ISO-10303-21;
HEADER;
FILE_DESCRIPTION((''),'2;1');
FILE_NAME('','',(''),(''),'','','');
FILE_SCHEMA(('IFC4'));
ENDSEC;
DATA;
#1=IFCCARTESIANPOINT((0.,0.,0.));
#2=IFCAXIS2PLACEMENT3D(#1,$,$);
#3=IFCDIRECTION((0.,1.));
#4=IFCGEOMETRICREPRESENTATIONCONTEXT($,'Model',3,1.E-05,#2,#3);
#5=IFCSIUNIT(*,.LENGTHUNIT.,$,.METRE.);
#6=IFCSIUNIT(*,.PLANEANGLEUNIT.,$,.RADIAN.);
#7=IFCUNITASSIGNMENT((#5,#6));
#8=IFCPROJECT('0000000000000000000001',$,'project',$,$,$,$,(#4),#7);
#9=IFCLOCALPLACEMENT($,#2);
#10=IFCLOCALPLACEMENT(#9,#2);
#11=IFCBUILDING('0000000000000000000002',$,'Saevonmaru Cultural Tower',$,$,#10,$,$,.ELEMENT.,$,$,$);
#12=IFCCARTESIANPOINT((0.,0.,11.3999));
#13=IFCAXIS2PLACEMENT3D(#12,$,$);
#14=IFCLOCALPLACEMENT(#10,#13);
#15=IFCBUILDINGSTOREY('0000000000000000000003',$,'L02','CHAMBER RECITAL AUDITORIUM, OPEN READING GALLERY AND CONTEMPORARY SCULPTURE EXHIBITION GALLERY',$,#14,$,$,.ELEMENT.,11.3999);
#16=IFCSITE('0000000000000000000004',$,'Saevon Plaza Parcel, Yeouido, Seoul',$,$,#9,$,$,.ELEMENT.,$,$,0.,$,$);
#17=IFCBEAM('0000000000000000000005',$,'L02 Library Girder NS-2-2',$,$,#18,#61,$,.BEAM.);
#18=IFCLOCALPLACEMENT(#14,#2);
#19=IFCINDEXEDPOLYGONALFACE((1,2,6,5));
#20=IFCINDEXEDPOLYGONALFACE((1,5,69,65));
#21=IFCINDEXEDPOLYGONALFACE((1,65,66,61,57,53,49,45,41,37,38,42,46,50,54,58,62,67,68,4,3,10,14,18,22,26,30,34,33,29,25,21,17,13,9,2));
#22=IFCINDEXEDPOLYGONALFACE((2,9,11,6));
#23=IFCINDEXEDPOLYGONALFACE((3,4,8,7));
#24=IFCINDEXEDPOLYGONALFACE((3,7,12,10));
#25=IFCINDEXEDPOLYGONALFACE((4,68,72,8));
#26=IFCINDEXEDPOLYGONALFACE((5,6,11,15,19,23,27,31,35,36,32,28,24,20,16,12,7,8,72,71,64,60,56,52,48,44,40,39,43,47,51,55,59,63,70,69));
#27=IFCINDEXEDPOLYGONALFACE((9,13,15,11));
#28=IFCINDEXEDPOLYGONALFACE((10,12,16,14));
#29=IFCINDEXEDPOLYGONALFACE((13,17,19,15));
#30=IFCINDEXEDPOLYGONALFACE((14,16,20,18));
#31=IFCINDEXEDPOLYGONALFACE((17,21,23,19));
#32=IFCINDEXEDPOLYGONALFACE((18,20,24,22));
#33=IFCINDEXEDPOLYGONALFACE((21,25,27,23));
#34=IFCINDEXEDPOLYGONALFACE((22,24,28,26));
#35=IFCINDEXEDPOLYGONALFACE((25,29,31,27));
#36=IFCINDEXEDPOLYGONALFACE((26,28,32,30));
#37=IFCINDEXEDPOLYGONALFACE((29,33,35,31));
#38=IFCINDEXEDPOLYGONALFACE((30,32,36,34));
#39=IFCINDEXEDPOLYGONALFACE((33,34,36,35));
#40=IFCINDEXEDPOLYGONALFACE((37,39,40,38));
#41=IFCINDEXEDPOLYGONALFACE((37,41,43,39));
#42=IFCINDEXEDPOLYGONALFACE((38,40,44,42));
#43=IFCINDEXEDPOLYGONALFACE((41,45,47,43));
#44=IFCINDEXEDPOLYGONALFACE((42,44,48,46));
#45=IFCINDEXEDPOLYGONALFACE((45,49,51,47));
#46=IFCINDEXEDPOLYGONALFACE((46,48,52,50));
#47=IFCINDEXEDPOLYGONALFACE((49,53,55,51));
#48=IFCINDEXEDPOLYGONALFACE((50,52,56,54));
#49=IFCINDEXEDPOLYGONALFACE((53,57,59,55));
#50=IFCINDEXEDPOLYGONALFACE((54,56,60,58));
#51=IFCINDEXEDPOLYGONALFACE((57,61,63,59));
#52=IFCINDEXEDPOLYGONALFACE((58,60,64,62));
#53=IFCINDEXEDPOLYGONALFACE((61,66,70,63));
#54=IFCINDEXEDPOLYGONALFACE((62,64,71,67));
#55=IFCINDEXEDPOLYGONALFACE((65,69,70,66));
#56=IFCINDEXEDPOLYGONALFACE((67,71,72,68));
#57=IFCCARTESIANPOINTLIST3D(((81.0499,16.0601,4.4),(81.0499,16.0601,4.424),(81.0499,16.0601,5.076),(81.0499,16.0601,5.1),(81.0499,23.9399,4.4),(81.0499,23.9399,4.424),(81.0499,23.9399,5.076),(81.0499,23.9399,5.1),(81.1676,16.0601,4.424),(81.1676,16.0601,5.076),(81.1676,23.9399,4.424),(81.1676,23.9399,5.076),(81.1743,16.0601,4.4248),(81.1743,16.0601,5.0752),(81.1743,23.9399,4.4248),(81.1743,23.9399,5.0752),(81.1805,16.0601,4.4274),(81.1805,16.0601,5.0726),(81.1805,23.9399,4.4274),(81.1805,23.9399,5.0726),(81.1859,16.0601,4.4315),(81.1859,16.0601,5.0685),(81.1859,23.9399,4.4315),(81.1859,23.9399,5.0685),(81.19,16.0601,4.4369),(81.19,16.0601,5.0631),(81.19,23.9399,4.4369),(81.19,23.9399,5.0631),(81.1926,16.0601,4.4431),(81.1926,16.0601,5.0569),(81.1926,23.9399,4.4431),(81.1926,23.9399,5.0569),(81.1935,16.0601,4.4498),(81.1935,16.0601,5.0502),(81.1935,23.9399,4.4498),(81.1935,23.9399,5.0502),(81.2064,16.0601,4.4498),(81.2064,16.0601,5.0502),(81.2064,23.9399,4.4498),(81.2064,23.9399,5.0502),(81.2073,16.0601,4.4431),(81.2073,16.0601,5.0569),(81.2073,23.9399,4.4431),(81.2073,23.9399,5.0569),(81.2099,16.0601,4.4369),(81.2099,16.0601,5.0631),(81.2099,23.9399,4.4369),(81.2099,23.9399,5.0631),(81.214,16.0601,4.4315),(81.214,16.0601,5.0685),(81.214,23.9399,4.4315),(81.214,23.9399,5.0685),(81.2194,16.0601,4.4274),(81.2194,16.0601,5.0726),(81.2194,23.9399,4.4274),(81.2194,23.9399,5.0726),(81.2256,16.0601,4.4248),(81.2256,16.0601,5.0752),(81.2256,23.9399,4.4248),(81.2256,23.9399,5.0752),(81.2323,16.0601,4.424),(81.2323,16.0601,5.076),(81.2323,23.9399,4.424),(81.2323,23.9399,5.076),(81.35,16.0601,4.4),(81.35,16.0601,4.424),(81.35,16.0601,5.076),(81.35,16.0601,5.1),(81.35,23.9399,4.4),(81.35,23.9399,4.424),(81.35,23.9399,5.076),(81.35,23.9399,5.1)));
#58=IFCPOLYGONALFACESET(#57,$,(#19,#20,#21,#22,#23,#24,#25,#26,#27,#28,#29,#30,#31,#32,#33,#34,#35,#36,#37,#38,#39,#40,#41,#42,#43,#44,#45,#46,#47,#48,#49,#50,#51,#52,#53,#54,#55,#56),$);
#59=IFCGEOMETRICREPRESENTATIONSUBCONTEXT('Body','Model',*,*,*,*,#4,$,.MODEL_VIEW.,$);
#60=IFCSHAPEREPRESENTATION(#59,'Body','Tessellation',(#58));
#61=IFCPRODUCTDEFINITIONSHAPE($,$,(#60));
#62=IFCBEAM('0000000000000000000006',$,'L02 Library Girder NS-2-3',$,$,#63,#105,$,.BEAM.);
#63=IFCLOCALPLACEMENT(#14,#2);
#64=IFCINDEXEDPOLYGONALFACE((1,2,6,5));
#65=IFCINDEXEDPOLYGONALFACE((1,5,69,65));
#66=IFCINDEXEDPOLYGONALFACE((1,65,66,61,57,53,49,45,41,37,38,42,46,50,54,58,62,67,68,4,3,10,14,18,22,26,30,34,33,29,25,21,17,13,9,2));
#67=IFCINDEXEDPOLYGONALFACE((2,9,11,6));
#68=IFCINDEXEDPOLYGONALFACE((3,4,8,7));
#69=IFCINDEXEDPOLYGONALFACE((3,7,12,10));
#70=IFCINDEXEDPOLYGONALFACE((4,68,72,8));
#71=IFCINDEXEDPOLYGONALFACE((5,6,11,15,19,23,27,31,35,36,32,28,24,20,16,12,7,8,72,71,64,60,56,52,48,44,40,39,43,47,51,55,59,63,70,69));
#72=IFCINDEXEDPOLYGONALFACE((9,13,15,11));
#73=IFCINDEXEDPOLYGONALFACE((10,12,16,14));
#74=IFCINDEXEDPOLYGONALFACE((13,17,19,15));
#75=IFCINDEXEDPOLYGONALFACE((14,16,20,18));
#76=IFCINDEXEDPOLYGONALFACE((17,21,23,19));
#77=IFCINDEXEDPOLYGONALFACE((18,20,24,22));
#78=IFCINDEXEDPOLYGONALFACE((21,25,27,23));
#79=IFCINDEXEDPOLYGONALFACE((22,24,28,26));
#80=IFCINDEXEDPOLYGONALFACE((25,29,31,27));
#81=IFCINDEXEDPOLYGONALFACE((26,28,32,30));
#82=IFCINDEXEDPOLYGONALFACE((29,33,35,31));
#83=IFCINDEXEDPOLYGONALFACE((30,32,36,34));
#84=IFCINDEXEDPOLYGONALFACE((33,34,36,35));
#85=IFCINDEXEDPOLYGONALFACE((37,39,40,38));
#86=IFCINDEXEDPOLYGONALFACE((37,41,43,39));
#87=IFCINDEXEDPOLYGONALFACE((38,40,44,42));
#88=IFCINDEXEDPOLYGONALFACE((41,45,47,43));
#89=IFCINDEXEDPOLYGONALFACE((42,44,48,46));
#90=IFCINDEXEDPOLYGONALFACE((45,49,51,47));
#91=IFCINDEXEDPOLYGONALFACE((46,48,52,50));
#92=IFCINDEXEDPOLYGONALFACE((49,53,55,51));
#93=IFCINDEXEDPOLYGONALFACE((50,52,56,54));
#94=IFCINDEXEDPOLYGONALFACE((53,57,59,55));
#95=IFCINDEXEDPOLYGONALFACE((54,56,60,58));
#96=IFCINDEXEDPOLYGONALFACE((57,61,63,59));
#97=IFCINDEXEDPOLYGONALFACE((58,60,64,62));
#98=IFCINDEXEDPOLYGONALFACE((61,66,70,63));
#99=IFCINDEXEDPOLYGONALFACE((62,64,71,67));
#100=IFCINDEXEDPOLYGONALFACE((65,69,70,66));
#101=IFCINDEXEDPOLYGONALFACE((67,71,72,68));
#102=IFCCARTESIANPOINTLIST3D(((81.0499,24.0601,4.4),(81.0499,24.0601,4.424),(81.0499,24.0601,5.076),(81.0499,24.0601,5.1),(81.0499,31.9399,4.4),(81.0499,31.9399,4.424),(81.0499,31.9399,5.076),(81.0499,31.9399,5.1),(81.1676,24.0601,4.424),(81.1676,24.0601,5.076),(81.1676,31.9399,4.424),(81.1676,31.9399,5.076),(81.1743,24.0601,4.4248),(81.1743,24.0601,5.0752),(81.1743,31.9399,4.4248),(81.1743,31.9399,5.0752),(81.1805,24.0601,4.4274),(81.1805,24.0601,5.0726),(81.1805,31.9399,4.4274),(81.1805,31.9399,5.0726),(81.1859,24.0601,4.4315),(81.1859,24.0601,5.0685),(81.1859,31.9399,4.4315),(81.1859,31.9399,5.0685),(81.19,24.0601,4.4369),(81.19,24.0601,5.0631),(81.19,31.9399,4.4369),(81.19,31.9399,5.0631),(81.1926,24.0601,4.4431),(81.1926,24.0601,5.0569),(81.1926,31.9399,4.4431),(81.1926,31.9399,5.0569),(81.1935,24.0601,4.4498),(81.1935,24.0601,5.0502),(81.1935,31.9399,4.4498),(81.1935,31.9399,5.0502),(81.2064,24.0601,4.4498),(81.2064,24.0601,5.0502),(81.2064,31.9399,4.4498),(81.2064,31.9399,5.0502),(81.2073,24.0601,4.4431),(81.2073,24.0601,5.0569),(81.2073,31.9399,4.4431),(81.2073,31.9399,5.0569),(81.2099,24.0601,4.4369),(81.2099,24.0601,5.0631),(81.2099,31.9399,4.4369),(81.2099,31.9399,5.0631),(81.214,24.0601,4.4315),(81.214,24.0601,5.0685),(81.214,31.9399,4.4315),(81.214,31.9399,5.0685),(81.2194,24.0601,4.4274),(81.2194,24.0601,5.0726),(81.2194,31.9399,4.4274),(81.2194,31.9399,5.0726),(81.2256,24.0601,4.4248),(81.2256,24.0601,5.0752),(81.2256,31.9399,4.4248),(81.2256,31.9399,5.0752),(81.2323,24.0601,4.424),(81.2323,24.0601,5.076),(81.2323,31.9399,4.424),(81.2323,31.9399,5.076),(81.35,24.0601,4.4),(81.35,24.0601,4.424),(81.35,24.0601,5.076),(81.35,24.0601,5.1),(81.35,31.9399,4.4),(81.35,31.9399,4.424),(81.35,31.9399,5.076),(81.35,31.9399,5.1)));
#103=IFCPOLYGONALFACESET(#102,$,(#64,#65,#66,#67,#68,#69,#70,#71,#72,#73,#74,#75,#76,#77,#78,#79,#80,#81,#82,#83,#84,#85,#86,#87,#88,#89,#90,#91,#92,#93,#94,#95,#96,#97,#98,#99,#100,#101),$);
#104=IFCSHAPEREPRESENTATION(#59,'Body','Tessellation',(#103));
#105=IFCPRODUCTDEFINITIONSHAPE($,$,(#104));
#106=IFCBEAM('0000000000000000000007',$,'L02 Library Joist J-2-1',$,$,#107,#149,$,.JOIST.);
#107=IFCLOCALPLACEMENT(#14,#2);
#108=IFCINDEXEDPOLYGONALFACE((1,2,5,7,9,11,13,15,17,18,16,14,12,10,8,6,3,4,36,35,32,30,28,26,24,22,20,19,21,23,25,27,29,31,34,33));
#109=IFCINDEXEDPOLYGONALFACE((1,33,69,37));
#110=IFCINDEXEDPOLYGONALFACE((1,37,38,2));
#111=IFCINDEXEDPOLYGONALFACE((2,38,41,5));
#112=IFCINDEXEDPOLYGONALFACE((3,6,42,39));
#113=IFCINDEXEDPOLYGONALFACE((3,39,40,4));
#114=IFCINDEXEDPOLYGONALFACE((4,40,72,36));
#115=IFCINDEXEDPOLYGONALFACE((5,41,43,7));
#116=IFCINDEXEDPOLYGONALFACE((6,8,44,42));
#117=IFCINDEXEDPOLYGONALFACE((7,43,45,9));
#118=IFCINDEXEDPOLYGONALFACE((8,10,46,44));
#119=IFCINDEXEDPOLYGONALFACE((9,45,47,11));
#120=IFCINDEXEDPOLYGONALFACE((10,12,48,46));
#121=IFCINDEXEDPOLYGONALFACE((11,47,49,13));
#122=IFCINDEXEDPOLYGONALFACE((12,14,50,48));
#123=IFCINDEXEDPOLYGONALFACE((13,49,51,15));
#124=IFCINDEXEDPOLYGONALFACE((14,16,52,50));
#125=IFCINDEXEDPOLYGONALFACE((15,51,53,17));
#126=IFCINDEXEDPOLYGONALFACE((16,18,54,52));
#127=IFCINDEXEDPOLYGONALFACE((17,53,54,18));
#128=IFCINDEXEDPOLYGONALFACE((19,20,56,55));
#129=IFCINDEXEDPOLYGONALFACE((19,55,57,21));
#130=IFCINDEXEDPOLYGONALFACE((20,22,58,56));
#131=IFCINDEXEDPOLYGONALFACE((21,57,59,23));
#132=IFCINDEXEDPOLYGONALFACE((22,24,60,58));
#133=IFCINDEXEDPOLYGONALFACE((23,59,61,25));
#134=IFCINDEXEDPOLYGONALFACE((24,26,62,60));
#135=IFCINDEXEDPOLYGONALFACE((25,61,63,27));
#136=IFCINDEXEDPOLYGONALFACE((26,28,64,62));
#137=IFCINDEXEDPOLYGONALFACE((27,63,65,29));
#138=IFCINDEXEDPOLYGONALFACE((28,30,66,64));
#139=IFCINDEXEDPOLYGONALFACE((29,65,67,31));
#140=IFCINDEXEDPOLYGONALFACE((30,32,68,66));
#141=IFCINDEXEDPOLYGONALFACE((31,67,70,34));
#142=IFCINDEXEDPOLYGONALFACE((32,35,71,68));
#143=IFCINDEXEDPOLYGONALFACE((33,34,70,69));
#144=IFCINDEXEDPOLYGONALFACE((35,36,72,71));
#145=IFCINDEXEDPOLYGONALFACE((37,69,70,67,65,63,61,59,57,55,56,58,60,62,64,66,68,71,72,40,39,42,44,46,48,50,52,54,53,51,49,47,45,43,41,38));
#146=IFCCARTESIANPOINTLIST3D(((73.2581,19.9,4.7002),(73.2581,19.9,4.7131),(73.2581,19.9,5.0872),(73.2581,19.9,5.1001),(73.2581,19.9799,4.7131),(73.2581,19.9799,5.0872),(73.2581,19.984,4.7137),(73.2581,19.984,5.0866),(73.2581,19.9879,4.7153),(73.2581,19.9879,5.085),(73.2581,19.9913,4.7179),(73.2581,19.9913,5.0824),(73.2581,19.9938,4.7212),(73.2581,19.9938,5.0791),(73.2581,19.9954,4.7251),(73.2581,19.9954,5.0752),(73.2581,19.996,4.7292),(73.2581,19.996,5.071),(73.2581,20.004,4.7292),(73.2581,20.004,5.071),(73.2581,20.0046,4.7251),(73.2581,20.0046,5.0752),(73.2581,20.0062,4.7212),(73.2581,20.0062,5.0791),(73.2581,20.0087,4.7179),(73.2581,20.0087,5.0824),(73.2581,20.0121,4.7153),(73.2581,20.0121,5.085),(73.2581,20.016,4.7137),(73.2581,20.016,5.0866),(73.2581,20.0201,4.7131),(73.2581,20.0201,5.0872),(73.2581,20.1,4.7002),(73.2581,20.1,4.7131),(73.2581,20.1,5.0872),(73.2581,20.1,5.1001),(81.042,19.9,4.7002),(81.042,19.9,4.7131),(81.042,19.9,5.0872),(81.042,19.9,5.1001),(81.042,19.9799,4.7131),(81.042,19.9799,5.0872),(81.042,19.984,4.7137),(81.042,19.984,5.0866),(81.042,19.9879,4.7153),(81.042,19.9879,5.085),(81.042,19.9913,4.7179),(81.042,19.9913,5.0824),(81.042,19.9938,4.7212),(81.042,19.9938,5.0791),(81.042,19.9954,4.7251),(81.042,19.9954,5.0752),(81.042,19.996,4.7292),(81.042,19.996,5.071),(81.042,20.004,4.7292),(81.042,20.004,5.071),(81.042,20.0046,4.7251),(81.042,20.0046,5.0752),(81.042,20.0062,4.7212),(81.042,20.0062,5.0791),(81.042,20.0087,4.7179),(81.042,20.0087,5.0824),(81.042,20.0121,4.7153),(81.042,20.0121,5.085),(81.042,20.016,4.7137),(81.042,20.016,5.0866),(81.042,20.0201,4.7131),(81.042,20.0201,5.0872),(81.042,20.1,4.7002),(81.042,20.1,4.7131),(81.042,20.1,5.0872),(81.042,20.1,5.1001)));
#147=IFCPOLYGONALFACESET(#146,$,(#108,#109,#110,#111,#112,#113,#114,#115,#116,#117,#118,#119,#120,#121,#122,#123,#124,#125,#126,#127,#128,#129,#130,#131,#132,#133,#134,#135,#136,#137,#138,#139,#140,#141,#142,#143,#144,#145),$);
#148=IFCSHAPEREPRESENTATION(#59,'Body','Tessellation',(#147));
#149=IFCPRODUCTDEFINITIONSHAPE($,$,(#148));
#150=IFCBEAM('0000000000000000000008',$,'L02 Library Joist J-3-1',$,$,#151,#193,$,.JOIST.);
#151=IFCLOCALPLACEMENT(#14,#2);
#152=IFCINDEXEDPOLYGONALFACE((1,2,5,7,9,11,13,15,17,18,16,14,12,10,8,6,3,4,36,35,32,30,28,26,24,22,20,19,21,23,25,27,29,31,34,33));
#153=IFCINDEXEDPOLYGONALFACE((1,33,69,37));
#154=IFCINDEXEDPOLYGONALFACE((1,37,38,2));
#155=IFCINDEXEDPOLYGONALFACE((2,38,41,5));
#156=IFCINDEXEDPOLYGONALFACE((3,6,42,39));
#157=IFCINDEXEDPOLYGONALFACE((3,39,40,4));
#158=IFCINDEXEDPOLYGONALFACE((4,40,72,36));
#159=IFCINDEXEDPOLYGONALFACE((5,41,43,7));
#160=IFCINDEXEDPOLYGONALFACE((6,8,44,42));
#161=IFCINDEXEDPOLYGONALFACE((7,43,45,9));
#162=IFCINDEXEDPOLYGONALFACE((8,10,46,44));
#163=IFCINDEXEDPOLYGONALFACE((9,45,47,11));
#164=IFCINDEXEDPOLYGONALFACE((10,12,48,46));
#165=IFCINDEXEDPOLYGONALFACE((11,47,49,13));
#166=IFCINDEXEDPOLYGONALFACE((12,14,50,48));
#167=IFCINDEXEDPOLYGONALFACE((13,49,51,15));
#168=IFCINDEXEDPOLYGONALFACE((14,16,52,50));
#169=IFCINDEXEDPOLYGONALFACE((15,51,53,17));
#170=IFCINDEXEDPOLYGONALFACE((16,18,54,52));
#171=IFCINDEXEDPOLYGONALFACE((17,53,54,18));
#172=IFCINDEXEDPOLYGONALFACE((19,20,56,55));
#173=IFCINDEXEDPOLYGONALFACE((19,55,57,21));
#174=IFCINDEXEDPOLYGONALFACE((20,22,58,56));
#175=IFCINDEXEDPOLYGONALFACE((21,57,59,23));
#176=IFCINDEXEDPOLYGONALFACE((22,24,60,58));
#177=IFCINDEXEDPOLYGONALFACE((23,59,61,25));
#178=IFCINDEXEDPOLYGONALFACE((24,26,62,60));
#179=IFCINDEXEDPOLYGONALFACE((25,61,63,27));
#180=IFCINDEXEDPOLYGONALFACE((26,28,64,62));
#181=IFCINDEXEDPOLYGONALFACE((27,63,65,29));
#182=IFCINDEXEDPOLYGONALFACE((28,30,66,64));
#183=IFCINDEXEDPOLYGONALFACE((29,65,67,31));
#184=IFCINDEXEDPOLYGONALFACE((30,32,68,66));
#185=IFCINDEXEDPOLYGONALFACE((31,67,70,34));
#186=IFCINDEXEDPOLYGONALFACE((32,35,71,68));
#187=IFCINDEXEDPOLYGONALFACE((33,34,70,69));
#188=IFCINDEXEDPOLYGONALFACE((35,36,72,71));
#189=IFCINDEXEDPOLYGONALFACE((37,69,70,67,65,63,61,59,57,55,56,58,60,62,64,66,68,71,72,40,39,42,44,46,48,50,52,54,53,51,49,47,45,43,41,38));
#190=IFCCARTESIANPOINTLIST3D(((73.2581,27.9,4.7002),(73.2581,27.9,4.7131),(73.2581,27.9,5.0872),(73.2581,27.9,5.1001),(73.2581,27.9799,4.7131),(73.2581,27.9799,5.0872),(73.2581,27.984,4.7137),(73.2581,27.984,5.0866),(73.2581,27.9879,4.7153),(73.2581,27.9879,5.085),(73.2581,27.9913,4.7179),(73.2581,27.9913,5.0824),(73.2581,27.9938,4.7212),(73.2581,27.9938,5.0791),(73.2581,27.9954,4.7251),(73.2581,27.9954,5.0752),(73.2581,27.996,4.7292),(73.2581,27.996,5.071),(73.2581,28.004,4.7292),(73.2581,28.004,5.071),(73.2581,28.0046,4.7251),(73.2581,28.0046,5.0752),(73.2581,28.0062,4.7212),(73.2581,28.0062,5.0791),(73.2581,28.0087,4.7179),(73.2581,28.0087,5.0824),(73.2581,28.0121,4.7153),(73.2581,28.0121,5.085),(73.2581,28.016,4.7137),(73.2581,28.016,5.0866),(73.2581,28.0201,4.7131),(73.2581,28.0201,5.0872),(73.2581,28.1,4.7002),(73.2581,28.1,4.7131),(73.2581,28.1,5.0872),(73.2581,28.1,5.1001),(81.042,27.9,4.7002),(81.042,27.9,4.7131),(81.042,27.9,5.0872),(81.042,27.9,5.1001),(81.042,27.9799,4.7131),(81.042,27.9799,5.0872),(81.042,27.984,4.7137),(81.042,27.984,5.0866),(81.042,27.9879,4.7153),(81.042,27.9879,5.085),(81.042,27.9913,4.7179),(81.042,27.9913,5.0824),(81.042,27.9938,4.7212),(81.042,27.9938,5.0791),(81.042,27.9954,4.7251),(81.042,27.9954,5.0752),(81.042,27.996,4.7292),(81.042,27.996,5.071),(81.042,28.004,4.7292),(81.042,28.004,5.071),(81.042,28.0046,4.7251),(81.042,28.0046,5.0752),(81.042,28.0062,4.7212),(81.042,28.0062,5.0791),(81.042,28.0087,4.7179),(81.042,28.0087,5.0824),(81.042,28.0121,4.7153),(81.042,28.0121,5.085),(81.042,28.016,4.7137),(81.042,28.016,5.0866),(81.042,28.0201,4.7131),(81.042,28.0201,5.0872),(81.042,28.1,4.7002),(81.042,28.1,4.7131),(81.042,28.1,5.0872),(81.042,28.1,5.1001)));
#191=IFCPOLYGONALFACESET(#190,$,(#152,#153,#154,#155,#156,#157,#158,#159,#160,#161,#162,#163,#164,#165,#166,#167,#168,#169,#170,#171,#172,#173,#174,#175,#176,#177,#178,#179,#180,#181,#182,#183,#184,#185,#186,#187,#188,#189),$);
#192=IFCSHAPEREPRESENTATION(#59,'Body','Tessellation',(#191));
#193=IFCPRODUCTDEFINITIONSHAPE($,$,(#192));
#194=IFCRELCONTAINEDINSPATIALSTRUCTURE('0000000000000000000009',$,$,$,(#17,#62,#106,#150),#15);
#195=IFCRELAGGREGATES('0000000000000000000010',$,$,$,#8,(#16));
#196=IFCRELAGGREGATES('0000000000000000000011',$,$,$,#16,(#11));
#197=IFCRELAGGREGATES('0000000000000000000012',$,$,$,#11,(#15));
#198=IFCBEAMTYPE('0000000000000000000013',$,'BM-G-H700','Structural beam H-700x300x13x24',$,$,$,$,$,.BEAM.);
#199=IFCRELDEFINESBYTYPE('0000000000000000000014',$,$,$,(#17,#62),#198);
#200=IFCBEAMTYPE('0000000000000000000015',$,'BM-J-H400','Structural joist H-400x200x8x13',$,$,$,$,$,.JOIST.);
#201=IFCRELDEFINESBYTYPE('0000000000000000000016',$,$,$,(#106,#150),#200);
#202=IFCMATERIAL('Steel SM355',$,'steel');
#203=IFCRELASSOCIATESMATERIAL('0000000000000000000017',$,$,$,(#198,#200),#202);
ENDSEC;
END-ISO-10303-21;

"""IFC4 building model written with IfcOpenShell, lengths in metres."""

from ifc_helpers import new_model, si_unit, direction, frame, origin, origin_2d, place, context, subcontext, project, spatial, i_section, extrude, material, material_profile, profile_set, type_object, element, save


model = new_model("IFC4")

# Units and contexts
model_context = context("Model", 3, precision=1e-05, world=origin(), true_north=direction((0.0, 1.0)))
body_context = subcontext(model_context, "Body", "Model", "MODEL_VIEW")
ifc_project = project(units=[si_unit("LENGTHUNIT", "METRE"), si_unit("PLANEANGLEUNIT", "RADIAN")], contexts=[model_context])

# Site, building, storey
site_placement = place(None, origin())
site = spatial("IfcSite", under=ifc_project, at=site_placement, Name="Saevon Plaza Parcel, Yeouido, Seoul", CompositionType="ELEMENT", RefElevation=0.0)
building_placement = place(site_placement, origin())
building = spatial("IfcBuilding", under=site, at=building_placement, Name="Saevonmaru Cultural Tower", CompositionType="ELEMENT")
storey_placement = place(building_placement, frame((0.0, 0.0, 11.3999)))
storey = spatial("IfcBuildingStorey", under=building, at=storey_placement, Name="L02", Description="CHAMBER RECITAL AUDITORIUM, OPEN READING GALLERY AND CONTEMPORARY SCULPTURE EXHIBITION GALLERY", CompositionType="ELEMENT", Elevation=11.3999)

# Shared definitions
ifc_material_1 = material(Name="Steel SM355", Category="steel")

# Beams
ifc_material_profile_1 = material_profile(ifc_material_1, i_section(OverallWidth=0.3, OverallDepth=0.7, WebThickness=0.0129, FlangeThickness=0.0239, FilletRadius=0.0259, at=origin_2d()), Name="H-700x300x13x24")
ifc_profile_set_1 = profile_set([ifc_material_profile_1], Name="Steel SM355")
beam_type_1 = type_object("IfcBeamType", Name="BM-G-H700", Description="Structural beam H-700x300x13x24", PredefinedType="BEAM", material=ifc_profile_set_1)
for number, where, z_axis, x_axis, name in (
    (1, (81.2, 16.0601, 4.75), (0.0, 1.0, 0.0), (-1.0, 0.0, 0.0), "L02 Library Girder NS-2-2"),
    (2, (81.2, 24.0601, 4.75), (0.0, 1.0, 0.0), (-1.0, 0.0, 0.0), "L02 Library Girder NS-2-3"),
):
    element("IfcBeam", number, at=place(storey_placement, frame(where, z_axis=z_axis, x_axis=x_axis)), inside=storey, type_object=beam_type_1, Name=name, PredefinedType="BEAM", context=body_context, shape_type="SweptSolid", body=[
        extrude(i_section(OverallWidth=0.3, OverallDepth=0.7, WebThickness=0.0129, FlangeThickness=0.0239, FilletRadius=0.0259, at=origin_2d()), origin(), (0.0, 0.0, 1.0), 7.8799),
    ])
ifc_material_profile_2 = material_profile(ifc_material_1, i_section(OverallWidth=0.2, OverallDepth=0.3999, WebThickness=0.0081, FlangeThickness=0.0129, FilletRadius=0.0161, at=origin_2d()), Name="H-400x200x8x13")
ifc_profile_set_2 = profile_set([ifc_material_profile_2], Name="Steel SM355")
beam_type_2 = type_object("IfcBeamType", Name="BM-J-H400", Description="Structural joist H-400x200x8x13", PredefinedType="JOIST", material=ifc_profile_set_2)
for number, where, z_axis, x_axis, name in (
    (3, (73.2581, 20.0, 4.9001), (1.0, 0.0, 0.0), (0.0, 1.0, 0.0), "L02 Library Joist J-2-1"),
    (4, (73.2581, 28.0, 4.9001), (1.0, 0.0, 0.0), (0.0, 1.0, 0.0), "L02 Library Joist J-3-1"),
):
    element("IfcBeam", number, at=place(storey_placement, frame(where, z_axis=z_axis, x_axis=x_axis)), inside=storey, type_object=beam_type_2, Name=name, PredefinedType="JOIST", context=body_context, shape_type="SweptSolid", body=[
        extrude(i_section(OverallWidth=0.2, OverallDepth=0.3999, WebThickness=0.0081, FlangeThickness=0.0129, FilletRadius=0.0161, at=origin_2d()), origin(), (0.0, 0.0, 1.0), 7.7839),
    ])

save(model, "model.ifc")
